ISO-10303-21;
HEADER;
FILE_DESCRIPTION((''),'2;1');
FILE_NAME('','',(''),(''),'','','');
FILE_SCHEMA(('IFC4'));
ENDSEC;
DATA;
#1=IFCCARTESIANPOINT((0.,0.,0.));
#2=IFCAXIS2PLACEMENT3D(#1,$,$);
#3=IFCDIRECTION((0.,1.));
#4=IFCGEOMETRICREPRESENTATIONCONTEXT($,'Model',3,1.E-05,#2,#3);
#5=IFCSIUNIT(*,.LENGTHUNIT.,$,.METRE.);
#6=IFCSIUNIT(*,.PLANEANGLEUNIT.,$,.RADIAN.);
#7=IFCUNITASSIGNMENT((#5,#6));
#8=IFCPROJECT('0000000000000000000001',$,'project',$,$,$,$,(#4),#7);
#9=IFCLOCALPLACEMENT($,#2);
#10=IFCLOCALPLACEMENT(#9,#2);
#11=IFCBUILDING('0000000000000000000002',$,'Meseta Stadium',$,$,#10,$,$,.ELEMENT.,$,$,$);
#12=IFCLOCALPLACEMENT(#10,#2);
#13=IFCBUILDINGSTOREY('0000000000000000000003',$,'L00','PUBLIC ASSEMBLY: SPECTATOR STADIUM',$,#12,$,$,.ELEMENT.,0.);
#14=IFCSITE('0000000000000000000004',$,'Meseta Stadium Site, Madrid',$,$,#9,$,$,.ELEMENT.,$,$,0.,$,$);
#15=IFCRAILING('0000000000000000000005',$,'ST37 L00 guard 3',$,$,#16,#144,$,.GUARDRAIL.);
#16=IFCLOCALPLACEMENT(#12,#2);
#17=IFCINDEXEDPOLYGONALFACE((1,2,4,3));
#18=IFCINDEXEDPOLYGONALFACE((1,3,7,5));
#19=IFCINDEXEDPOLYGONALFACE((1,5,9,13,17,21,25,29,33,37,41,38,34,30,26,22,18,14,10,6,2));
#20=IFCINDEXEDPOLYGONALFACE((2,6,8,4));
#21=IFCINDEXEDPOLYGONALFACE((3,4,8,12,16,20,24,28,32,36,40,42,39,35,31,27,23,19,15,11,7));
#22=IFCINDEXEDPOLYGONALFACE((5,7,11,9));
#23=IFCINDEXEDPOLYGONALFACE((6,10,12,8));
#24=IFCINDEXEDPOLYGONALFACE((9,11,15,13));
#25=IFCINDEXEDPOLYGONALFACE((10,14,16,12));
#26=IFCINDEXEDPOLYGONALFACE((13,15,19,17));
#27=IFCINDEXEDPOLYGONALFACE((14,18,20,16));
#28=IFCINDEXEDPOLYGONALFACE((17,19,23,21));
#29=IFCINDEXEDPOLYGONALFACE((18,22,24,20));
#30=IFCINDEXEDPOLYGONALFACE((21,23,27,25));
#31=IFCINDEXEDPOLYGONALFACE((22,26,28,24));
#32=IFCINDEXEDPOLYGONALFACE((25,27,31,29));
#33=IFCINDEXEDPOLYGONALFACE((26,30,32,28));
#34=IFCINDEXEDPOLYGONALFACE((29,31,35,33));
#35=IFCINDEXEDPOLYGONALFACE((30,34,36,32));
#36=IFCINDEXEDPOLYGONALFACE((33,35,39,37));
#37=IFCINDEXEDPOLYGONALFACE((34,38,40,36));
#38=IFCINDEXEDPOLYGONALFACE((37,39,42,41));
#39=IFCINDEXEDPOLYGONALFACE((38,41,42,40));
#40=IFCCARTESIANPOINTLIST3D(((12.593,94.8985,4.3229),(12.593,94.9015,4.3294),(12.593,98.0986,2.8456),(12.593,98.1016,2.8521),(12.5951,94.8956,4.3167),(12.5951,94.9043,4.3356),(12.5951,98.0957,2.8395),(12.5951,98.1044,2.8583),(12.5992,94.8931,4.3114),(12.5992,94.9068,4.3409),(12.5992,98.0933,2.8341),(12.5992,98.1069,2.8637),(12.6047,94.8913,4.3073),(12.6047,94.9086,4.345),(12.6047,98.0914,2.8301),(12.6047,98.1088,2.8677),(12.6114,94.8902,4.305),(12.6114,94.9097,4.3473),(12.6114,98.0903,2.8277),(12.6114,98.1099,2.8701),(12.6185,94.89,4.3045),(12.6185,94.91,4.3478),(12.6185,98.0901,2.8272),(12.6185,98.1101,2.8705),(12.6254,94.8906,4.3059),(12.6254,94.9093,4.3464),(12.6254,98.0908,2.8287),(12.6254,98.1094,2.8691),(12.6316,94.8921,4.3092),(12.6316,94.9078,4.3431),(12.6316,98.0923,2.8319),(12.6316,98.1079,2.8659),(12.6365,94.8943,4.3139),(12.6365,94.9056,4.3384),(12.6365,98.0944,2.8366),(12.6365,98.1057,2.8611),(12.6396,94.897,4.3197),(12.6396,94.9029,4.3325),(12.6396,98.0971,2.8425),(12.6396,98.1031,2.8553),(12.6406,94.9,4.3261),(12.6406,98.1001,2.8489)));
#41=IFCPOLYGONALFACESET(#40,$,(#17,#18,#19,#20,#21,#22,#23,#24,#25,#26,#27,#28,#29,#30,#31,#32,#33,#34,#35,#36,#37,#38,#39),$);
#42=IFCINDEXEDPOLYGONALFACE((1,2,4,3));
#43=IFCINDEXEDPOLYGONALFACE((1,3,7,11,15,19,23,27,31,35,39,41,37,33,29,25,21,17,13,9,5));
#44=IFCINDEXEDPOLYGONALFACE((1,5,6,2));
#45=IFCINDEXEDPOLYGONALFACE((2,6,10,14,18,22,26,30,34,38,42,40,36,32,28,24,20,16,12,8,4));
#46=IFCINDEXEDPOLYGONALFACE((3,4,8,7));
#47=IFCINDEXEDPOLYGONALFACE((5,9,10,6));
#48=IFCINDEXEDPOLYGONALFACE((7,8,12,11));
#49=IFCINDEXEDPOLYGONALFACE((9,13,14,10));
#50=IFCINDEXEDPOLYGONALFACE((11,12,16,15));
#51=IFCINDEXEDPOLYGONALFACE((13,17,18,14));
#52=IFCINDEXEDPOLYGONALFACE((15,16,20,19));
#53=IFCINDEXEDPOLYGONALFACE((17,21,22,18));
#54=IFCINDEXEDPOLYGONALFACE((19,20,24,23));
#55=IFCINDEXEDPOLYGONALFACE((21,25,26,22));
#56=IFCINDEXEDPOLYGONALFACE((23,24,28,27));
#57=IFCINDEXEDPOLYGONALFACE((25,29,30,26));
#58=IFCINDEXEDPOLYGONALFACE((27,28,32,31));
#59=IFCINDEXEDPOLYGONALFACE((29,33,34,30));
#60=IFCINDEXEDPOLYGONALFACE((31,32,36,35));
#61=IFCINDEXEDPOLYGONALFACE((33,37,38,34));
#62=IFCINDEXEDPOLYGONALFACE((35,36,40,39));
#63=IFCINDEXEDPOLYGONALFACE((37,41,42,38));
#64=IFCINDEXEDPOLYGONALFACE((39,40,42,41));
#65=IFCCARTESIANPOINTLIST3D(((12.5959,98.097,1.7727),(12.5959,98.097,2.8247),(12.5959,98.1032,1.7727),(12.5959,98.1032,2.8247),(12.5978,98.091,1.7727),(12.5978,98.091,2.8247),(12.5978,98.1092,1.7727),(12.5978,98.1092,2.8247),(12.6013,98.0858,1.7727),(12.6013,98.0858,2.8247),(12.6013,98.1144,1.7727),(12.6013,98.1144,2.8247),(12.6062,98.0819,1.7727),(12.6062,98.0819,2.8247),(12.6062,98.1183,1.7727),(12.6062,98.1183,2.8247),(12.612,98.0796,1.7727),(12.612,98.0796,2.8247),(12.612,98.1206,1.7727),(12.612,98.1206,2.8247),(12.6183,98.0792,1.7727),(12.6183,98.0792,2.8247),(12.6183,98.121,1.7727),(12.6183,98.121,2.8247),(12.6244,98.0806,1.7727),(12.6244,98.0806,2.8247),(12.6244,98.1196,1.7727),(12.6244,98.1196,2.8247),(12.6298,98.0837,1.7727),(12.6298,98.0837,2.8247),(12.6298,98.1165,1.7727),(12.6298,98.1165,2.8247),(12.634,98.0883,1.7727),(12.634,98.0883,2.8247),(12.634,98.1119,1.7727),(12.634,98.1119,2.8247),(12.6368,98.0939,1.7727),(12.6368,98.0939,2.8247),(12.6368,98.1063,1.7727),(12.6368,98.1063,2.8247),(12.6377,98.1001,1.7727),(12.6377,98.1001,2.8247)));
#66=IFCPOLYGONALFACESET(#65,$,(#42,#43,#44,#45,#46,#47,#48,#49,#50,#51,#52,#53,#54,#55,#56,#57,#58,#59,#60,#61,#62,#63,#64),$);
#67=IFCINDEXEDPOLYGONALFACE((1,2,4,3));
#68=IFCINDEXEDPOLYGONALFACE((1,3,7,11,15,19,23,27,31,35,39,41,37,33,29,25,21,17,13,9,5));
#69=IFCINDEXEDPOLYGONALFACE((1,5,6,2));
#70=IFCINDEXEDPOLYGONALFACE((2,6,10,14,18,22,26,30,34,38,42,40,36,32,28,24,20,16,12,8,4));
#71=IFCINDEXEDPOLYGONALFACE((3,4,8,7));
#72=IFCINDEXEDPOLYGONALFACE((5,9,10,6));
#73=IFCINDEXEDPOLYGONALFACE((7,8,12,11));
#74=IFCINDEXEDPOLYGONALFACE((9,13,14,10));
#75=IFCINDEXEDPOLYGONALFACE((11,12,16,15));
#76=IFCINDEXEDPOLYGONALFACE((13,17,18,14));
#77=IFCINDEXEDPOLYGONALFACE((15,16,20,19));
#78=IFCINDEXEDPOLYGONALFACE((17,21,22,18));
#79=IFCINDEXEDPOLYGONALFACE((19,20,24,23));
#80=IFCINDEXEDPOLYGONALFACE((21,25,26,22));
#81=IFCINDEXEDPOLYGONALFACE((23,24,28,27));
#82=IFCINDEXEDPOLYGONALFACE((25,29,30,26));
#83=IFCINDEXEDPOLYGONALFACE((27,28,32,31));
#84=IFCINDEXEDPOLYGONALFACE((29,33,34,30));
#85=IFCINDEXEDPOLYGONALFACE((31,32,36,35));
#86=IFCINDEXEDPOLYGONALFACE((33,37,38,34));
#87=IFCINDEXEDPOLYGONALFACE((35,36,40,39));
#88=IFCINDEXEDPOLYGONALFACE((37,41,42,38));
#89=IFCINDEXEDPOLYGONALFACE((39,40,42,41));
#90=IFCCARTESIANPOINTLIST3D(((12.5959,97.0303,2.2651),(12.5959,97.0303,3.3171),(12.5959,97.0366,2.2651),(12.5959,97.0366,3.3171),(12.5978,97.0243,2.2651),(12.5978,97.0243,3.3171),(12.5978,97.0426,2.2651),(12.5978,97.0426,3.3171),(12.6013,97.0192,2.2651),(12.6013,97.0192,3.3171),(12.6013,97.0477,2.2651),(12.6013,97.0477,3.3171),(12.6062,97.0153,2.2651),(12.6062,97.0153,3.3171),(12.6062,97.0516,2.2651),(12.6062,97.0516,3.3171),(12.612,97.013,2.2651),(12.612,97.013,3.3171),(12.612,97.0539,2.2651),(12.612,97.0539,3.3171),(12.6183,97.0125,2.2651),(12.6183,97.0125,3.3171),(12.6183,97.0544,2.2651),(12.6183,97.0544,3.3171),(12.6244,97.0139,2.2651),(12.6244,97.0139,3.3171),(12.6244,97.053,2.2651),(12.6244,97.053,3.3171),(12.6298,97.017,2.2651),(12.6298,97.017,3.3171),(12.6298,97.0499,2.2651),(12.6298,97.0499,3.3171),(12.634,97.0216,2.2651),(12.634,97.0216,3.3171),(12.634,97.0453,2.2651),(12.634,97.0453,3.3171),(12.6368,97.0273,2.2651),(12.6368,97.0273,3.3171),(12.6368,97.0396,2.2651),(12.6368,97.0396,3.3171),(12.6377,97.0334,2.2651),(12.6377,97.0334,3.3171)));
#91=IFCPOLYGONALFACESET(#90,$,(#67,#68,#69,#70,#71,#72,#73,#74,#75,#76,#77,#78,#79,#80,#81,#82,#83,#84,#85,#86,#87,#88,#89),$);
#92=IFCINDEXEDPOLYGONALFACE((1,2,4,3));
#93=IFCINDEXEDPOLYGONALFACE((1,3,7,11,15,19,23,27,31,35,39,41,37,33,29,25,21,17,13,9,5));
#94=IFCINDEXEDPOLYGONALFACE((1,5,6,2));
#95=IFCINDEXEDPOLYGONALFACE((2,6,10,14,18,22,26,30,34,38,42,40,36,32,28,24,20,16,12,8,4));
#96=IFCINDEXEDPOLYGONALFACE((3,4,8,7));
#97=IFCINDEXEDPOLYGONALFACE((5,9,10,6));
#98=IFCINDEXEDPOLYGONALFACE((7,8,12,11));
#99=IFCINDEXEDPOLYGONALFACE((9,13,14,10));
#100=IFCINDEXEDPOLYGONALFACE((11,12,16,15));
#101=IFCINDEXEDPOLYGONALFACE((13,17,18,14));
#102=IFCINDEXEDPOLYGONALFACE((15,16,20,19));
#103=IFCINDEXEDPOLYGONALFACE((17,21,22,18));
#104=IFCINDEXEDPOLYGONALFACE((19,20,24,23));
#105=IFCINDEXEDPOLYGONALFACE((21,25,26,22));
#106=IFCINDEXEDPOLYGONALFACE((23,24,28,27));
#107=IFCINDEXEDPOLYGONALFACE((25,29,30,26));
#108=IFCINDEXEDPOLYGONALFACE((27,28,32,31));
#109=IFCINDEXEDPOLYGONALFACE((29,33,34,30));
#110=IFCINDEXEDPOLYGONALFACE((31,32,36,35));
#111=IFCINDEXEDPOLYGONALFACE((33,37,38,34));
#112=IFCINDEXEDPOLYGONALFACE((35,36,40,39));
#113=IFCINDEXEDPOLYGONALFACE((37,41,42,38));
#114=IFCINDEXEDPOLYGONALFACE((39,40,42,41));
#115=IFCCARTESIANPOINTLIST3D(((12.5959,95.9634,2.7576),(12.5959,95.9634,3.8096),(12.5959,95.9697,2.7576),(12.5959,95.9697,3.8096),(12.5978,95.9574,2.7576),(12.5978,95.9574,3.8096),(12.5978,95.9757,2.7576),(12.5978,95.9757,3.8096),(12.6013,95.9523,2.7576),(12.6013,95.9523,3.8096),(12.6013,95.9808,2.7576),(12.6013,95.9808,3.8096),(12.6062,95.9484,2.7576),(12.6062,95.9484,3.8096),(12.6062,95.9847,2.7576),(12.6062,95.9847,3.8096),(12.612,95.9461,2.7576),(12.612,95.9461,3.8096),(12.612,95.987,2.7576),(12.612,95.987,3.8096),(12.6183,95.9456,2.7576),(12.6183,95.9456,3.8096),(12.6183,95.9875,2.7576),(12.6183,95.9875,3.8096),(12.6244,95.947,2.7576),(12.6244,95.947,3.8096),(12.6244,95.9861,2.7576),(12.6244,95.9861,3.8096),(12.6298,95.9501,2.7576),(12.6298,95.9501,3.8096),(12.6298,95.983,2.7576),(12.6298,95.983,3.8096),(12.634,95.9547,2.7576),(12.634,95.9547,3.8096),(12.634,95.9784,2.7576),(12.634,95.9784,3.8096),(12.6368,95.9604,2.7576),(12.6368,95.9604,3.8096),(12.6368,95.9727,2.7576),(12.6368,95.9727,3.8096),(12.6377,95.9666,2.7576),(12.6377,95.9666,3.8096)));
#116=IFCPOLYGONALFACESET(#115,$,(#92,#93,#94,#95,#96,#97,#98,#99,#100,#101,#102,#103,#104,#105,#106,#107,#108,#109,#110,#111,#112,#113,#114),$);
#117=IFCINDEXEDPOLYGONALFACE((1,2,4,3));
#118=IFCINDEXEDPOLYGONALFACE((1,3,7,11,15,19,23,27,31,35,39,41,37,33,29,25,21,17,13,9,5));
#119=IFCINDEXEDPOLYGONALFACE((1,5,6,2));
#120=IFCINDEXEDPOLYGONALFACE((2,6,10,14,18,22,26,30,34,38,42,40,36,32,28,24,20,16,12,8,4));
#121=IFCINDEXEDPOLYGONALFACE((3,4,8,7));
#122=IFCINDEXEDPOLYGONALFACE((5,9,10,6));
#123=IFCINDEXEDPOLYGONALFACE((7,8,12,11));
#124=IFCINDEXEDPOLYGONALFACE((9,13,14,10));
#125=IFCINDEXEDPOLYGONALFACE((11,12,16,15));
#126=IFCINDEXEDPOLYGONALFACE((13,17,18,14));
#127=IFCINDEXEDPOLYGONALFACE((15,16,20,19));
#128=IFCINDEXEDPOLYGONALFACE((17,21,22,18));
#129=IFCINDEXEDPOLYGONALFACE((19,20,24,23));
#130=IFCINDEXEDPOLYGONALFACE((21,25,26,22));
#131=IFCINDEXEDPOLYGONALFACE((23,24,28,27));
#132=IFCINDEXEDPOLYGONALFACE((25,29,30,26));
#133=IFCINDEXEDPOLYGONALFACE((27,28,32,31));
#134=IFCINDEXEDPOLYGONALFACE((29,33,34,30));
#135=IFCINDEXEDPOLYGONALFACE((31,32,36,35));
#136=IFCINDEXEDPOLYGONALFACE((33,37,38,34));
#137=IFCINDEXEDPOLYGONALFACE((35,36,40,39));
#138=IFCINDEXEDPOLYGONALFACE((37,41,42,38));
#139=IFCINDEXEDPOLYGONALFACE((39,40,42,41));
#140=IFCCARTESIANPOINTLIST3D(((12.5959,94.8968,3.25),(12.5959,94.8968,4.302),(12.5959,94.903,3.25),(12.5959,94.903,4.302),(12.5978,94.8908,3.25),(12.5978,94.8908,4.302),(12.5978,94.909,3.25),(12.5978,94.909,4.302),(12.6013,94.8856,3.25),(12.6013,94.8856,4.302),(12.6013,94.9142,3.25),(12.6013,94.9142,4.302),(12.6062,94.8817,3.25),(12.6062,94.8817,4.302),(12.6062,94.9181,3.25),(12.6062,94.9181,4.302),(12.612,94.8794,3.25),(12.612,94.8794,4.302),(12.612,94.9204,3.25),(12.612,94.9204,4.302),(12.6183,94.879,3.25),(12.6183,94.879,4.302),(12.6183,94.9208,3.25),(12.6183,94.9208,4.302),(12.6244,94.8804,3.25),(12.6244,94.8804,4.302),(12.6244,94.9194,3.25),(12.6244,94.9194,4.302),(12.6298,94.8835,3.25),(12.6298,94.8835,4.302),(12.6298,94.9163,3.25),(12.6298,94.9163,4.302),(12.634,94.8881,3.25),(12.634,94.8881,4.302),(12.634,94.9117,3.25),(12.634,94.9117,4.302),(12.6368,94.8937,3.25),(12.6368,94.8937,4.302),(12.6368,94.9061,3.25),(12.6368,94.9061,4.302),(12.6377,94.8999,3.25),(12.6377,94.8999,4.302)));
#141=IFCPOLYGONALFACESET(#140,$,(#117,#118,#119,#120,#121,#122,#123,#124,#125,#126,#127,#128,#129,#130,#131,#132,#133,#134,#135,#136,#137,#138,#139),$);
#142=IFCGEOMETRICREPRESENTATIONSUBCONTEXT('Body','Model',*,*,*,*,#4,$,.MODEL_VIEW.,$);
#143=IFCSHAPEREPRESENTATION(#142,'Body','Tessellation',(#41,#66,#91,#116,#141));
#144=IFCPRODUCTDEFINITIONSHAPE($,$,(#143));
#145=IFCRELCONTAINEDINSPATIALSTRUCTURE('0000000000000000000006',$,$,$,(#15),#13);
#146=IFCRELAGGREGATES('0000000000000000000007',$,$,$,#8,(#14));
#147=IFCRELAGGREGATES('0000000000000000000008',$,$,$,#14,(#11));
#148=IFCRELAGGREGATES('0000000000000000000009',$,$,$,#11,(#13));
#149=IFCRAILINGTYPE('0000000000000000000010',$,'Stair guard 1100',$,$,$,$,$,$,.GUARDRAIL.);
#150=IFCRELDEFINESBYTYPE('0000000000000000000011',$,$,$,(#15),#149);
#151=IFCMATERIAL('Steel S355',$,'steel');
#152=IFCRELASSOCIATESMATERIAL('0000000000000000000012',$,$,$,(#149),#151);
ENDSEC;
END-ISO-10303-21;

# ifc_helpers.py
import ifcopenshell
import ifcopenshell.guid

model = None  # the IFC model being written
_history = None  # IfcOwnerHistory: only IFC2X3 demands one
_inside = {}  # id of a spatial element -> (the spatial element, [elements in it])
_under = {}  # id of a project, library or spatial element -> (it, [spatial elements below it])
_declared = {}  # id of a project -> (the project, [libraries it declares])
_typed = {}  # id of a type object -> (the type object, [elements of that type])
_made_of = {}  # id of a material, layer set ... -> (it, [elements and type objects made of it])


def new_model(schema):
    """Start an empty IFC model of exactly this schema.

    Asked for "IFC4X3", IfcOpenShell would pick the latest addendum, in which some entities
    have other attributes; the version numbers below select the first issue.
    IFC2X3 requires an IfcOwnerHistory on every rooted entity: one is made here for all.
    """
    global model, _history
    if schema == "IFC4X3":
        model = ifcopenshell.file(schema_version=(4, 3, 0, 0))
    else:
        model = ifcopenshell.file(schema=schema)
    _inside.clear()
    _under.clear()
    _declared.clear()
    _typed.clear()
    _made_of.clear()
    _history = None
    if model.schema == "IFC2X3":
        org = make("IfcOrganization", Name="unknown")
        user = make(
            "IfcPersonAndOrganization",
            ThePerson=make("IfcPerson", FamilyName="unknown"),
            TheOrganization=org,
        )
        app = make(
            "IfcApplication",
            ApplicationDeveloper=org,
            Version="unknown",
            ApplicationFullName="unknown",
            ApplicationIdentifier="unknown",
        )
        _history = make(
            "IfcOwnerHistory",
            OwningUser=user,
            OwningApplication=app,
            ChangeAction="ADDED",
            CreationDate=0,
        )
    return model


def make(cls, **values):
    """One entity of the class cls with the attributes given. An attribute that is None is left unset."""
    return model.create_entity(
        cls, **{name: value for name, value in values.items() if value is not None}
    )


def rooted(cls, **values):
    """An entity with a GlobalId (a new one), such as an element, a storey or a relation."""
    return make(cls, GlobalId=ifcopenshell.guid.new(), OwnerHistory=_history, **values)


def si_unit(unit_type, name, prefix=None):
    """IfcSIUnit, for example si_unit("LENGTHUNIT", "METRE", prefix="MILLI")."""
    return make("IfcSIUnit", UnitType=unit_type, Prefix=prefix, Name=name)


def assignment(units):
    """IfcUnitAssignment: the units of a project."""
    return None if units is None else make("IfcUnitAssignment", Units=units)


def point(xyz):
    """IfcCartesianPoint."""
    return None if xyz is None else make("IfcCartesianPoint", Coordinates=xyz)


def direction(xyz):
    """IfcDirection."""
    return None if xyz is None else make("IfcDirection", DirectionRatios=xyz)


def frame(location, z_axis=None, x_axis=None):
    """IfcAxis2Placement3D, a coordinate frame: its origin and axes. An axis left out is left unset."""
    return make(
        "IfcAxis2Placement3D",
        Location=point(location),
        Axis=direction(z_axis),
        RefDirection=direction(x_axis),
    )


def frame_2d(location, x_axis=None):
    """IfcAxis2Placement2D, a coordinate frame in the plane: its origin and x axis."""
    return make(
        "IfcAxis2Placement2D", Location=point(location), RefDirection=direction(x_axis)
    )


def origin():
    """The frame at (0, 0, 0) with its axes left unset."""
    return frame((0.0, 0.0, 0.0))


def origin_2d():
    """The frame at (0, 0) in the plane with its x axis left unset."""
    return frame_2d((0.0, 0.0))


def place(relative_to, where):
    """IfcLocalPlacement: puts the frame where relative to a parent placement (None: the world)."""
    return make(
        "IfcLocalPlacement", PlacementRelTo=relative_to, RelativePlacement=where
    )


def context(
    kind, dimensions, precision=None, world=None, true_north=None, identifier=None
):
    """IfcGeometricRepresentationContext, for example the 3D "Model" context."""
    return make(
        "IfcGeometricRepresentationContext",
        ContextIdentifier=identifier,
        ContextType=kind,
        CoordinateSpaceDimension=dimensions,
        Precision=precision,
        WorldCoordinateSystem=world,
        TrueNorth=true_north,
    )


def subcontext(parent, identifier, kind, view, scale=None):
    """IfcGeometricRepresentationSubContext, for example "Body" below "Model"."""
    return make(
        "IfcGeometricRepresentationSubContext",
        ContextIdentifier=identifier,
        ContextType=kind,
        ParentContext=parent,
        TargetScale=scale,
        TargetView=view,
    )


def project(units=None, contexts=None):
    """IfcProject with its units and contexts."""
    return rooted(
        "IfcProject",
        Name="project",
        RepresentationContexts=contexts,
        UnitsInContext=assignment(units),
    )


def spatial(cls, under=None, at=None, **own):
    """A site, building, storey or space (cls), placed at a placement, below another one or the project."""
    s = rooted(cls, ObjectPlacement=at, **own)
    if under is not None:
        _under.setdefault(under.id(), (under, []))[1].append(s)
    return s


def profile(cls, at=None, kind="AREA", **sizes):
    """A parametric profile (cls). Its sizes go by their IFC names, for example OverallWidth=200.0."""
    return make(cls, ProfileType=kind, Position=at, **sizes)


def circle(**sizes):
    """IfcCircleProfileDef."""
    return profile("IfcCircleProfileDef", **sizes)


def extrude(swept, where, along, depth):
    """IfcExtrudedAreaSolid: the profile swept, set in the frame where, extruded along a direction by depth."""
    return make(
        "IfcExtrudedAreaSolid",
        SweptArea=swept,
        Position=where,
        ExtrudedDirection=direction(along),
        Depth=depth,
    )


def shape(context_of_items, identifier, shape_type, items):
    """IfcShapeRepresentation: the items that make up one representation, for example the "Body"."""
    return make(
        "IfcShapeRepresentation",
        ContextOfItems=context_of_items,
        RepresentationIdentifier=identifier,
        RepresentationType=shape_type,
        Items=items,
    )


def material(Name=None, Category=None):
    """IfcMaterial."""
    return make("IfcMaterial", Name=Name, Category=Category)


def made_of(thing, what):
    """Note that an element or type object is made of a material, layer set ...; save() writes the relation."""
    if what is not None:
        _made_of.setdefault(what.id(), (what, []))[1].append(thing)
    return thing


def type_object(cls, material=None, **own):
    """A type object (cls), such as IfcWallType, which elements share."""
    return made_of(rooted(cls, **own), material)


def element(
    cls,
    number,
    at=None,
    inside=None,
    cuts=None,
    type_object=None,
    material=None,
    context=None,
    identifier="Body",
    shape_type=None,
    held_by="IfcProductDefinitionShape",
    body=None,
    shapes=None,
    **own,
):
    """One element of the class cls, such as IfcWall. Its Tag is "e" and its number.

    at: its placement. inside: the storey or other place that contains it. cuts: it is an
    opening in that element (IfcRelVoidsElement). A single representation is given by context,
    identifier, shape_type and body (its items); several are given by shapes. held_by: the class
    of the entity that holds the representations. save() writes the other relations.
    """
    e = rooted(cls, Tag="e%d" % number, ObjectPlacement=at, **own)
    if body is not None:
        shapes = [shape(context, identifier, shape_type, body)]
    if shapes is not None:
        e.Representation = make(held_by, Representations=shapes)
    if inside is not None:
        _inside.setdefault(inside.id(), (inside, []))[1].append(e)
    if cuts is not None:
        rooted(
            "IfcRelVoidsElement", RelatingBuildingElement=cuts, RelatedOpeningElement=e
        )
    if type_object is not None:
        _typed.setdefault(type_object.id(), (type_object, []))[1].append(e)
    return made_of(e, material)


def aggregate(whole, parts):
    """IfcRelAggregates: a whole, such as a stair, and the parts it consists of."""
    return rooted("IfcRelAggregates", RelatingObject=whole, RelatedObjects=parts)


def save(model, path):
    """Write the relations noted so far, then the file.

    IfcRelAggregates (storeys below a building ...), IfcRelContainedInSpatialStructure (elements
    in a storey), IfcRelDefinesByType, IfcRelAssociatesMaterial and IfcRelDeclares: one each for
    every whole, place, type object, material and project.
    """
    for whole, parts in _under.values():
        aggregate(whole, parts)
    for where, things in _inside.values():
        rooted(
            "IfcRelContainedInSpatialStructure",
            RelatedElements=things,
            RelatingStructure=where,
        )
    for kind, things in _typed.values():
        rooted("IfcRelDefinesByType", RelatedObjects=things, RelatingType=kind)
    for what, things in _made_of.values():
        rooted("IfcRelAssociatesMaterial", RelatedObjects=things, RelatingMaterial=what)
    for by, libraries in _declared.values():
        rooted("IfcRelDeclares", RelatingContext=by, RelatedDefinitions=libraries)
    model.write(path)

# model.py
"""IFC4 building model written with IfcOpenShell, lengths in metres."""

from ifc_helpers import new_model, si_unit, direction, frame, origin, origin_2d, place, context, subcontext, project, spatial, circle, extrude, material, type_object, element, save


model = new_model("IFC4")

# Units and contexts
model_context = context("Model", 3, precision=1e-05, world=origin(), true_north=direction((0.0, 1.0)))
body_context = subcontext(model_context, "Body", "Model", "MODEL_VIEW")
ifc_project = project(units=[si_unit("LENGTHUNIT", "METRE"), si_unit("PLANEANGLEUNIT", "RADIAN")], contexts=[model_context])

# Site, building, storey
site_placement = place(None, origin())
site = spatial("IfcSite", under=ifc_project, at=site_placement, Name="Meseta Stadium Site, Madrid", CompositionType="ELEMENT", RefElevation=0.0)
building_placement = place(site_placement, origin())
building = spatial("IfcBuilding", under=site, at=building_placement, Name="Meseta Stadium", CompositionType="ELEMENT")
storey_placement = place(building_placement, origin())
storey = spatial("IfcBuildingStorey", under=building, at=storey_placement, Name="L00", Description="PUBLIC ASSEMBLY: SPECTATOR STADIUM", CompositionType="ELEMENT", Elevation=0.0)

# Railing
ifc_material_1 = material(Name="Steel S355", Category="steel")
railing_type_1 = type_object("IfcRailingType", Name="Stair guard 1100", PredefinedType="GUARDRAIL", material=ifc_material_1)
railing_1_placement = place(storey_placement, frame((12.6167, 98.1001, 1.7727)))
element("IfcRailing", 1, at=railing_1_placement, inside=storey, type_object=railing_type_1, Name="ST37 L00 guard 3", PredefinedType="GUARDRAIL", context=body_context, shape_type="SweptSolid", body=[
    extrude(circle(Radius=0.0239, at=origin_2d()), frame((0.0, 0.0, 1.0762), z_axis=(0.0, -0.907929, 0.419124), x_axis=(1.0, 0.0, 0.0)), (0.0, 0.0, 1.0), 3.5247),
    extrude(circle(Radius=0.021, at=origin_2d()), origin(), (0.0, 0.0, 1.0), 1.052),
    extrude(circle(Radius=0.021, at=origin_2d()), frame((0.0, -1.0667, 0.4924)), (0.0, 0.0, 1.0), 1.052),
    extrude(circle(Radius=0.021, at=origin_2d()), frame((0.0, -2.1335, 0.9849)), (0.0, 0.0, 1.0), 1.052),
    extrude(circle(Radius=0.021, at=origin_2d()), frame((0.0, -3.2002, 1.4773)), (0.0, 0.0, 1.0), 1.052),
])

save(model, "model.ifc")
